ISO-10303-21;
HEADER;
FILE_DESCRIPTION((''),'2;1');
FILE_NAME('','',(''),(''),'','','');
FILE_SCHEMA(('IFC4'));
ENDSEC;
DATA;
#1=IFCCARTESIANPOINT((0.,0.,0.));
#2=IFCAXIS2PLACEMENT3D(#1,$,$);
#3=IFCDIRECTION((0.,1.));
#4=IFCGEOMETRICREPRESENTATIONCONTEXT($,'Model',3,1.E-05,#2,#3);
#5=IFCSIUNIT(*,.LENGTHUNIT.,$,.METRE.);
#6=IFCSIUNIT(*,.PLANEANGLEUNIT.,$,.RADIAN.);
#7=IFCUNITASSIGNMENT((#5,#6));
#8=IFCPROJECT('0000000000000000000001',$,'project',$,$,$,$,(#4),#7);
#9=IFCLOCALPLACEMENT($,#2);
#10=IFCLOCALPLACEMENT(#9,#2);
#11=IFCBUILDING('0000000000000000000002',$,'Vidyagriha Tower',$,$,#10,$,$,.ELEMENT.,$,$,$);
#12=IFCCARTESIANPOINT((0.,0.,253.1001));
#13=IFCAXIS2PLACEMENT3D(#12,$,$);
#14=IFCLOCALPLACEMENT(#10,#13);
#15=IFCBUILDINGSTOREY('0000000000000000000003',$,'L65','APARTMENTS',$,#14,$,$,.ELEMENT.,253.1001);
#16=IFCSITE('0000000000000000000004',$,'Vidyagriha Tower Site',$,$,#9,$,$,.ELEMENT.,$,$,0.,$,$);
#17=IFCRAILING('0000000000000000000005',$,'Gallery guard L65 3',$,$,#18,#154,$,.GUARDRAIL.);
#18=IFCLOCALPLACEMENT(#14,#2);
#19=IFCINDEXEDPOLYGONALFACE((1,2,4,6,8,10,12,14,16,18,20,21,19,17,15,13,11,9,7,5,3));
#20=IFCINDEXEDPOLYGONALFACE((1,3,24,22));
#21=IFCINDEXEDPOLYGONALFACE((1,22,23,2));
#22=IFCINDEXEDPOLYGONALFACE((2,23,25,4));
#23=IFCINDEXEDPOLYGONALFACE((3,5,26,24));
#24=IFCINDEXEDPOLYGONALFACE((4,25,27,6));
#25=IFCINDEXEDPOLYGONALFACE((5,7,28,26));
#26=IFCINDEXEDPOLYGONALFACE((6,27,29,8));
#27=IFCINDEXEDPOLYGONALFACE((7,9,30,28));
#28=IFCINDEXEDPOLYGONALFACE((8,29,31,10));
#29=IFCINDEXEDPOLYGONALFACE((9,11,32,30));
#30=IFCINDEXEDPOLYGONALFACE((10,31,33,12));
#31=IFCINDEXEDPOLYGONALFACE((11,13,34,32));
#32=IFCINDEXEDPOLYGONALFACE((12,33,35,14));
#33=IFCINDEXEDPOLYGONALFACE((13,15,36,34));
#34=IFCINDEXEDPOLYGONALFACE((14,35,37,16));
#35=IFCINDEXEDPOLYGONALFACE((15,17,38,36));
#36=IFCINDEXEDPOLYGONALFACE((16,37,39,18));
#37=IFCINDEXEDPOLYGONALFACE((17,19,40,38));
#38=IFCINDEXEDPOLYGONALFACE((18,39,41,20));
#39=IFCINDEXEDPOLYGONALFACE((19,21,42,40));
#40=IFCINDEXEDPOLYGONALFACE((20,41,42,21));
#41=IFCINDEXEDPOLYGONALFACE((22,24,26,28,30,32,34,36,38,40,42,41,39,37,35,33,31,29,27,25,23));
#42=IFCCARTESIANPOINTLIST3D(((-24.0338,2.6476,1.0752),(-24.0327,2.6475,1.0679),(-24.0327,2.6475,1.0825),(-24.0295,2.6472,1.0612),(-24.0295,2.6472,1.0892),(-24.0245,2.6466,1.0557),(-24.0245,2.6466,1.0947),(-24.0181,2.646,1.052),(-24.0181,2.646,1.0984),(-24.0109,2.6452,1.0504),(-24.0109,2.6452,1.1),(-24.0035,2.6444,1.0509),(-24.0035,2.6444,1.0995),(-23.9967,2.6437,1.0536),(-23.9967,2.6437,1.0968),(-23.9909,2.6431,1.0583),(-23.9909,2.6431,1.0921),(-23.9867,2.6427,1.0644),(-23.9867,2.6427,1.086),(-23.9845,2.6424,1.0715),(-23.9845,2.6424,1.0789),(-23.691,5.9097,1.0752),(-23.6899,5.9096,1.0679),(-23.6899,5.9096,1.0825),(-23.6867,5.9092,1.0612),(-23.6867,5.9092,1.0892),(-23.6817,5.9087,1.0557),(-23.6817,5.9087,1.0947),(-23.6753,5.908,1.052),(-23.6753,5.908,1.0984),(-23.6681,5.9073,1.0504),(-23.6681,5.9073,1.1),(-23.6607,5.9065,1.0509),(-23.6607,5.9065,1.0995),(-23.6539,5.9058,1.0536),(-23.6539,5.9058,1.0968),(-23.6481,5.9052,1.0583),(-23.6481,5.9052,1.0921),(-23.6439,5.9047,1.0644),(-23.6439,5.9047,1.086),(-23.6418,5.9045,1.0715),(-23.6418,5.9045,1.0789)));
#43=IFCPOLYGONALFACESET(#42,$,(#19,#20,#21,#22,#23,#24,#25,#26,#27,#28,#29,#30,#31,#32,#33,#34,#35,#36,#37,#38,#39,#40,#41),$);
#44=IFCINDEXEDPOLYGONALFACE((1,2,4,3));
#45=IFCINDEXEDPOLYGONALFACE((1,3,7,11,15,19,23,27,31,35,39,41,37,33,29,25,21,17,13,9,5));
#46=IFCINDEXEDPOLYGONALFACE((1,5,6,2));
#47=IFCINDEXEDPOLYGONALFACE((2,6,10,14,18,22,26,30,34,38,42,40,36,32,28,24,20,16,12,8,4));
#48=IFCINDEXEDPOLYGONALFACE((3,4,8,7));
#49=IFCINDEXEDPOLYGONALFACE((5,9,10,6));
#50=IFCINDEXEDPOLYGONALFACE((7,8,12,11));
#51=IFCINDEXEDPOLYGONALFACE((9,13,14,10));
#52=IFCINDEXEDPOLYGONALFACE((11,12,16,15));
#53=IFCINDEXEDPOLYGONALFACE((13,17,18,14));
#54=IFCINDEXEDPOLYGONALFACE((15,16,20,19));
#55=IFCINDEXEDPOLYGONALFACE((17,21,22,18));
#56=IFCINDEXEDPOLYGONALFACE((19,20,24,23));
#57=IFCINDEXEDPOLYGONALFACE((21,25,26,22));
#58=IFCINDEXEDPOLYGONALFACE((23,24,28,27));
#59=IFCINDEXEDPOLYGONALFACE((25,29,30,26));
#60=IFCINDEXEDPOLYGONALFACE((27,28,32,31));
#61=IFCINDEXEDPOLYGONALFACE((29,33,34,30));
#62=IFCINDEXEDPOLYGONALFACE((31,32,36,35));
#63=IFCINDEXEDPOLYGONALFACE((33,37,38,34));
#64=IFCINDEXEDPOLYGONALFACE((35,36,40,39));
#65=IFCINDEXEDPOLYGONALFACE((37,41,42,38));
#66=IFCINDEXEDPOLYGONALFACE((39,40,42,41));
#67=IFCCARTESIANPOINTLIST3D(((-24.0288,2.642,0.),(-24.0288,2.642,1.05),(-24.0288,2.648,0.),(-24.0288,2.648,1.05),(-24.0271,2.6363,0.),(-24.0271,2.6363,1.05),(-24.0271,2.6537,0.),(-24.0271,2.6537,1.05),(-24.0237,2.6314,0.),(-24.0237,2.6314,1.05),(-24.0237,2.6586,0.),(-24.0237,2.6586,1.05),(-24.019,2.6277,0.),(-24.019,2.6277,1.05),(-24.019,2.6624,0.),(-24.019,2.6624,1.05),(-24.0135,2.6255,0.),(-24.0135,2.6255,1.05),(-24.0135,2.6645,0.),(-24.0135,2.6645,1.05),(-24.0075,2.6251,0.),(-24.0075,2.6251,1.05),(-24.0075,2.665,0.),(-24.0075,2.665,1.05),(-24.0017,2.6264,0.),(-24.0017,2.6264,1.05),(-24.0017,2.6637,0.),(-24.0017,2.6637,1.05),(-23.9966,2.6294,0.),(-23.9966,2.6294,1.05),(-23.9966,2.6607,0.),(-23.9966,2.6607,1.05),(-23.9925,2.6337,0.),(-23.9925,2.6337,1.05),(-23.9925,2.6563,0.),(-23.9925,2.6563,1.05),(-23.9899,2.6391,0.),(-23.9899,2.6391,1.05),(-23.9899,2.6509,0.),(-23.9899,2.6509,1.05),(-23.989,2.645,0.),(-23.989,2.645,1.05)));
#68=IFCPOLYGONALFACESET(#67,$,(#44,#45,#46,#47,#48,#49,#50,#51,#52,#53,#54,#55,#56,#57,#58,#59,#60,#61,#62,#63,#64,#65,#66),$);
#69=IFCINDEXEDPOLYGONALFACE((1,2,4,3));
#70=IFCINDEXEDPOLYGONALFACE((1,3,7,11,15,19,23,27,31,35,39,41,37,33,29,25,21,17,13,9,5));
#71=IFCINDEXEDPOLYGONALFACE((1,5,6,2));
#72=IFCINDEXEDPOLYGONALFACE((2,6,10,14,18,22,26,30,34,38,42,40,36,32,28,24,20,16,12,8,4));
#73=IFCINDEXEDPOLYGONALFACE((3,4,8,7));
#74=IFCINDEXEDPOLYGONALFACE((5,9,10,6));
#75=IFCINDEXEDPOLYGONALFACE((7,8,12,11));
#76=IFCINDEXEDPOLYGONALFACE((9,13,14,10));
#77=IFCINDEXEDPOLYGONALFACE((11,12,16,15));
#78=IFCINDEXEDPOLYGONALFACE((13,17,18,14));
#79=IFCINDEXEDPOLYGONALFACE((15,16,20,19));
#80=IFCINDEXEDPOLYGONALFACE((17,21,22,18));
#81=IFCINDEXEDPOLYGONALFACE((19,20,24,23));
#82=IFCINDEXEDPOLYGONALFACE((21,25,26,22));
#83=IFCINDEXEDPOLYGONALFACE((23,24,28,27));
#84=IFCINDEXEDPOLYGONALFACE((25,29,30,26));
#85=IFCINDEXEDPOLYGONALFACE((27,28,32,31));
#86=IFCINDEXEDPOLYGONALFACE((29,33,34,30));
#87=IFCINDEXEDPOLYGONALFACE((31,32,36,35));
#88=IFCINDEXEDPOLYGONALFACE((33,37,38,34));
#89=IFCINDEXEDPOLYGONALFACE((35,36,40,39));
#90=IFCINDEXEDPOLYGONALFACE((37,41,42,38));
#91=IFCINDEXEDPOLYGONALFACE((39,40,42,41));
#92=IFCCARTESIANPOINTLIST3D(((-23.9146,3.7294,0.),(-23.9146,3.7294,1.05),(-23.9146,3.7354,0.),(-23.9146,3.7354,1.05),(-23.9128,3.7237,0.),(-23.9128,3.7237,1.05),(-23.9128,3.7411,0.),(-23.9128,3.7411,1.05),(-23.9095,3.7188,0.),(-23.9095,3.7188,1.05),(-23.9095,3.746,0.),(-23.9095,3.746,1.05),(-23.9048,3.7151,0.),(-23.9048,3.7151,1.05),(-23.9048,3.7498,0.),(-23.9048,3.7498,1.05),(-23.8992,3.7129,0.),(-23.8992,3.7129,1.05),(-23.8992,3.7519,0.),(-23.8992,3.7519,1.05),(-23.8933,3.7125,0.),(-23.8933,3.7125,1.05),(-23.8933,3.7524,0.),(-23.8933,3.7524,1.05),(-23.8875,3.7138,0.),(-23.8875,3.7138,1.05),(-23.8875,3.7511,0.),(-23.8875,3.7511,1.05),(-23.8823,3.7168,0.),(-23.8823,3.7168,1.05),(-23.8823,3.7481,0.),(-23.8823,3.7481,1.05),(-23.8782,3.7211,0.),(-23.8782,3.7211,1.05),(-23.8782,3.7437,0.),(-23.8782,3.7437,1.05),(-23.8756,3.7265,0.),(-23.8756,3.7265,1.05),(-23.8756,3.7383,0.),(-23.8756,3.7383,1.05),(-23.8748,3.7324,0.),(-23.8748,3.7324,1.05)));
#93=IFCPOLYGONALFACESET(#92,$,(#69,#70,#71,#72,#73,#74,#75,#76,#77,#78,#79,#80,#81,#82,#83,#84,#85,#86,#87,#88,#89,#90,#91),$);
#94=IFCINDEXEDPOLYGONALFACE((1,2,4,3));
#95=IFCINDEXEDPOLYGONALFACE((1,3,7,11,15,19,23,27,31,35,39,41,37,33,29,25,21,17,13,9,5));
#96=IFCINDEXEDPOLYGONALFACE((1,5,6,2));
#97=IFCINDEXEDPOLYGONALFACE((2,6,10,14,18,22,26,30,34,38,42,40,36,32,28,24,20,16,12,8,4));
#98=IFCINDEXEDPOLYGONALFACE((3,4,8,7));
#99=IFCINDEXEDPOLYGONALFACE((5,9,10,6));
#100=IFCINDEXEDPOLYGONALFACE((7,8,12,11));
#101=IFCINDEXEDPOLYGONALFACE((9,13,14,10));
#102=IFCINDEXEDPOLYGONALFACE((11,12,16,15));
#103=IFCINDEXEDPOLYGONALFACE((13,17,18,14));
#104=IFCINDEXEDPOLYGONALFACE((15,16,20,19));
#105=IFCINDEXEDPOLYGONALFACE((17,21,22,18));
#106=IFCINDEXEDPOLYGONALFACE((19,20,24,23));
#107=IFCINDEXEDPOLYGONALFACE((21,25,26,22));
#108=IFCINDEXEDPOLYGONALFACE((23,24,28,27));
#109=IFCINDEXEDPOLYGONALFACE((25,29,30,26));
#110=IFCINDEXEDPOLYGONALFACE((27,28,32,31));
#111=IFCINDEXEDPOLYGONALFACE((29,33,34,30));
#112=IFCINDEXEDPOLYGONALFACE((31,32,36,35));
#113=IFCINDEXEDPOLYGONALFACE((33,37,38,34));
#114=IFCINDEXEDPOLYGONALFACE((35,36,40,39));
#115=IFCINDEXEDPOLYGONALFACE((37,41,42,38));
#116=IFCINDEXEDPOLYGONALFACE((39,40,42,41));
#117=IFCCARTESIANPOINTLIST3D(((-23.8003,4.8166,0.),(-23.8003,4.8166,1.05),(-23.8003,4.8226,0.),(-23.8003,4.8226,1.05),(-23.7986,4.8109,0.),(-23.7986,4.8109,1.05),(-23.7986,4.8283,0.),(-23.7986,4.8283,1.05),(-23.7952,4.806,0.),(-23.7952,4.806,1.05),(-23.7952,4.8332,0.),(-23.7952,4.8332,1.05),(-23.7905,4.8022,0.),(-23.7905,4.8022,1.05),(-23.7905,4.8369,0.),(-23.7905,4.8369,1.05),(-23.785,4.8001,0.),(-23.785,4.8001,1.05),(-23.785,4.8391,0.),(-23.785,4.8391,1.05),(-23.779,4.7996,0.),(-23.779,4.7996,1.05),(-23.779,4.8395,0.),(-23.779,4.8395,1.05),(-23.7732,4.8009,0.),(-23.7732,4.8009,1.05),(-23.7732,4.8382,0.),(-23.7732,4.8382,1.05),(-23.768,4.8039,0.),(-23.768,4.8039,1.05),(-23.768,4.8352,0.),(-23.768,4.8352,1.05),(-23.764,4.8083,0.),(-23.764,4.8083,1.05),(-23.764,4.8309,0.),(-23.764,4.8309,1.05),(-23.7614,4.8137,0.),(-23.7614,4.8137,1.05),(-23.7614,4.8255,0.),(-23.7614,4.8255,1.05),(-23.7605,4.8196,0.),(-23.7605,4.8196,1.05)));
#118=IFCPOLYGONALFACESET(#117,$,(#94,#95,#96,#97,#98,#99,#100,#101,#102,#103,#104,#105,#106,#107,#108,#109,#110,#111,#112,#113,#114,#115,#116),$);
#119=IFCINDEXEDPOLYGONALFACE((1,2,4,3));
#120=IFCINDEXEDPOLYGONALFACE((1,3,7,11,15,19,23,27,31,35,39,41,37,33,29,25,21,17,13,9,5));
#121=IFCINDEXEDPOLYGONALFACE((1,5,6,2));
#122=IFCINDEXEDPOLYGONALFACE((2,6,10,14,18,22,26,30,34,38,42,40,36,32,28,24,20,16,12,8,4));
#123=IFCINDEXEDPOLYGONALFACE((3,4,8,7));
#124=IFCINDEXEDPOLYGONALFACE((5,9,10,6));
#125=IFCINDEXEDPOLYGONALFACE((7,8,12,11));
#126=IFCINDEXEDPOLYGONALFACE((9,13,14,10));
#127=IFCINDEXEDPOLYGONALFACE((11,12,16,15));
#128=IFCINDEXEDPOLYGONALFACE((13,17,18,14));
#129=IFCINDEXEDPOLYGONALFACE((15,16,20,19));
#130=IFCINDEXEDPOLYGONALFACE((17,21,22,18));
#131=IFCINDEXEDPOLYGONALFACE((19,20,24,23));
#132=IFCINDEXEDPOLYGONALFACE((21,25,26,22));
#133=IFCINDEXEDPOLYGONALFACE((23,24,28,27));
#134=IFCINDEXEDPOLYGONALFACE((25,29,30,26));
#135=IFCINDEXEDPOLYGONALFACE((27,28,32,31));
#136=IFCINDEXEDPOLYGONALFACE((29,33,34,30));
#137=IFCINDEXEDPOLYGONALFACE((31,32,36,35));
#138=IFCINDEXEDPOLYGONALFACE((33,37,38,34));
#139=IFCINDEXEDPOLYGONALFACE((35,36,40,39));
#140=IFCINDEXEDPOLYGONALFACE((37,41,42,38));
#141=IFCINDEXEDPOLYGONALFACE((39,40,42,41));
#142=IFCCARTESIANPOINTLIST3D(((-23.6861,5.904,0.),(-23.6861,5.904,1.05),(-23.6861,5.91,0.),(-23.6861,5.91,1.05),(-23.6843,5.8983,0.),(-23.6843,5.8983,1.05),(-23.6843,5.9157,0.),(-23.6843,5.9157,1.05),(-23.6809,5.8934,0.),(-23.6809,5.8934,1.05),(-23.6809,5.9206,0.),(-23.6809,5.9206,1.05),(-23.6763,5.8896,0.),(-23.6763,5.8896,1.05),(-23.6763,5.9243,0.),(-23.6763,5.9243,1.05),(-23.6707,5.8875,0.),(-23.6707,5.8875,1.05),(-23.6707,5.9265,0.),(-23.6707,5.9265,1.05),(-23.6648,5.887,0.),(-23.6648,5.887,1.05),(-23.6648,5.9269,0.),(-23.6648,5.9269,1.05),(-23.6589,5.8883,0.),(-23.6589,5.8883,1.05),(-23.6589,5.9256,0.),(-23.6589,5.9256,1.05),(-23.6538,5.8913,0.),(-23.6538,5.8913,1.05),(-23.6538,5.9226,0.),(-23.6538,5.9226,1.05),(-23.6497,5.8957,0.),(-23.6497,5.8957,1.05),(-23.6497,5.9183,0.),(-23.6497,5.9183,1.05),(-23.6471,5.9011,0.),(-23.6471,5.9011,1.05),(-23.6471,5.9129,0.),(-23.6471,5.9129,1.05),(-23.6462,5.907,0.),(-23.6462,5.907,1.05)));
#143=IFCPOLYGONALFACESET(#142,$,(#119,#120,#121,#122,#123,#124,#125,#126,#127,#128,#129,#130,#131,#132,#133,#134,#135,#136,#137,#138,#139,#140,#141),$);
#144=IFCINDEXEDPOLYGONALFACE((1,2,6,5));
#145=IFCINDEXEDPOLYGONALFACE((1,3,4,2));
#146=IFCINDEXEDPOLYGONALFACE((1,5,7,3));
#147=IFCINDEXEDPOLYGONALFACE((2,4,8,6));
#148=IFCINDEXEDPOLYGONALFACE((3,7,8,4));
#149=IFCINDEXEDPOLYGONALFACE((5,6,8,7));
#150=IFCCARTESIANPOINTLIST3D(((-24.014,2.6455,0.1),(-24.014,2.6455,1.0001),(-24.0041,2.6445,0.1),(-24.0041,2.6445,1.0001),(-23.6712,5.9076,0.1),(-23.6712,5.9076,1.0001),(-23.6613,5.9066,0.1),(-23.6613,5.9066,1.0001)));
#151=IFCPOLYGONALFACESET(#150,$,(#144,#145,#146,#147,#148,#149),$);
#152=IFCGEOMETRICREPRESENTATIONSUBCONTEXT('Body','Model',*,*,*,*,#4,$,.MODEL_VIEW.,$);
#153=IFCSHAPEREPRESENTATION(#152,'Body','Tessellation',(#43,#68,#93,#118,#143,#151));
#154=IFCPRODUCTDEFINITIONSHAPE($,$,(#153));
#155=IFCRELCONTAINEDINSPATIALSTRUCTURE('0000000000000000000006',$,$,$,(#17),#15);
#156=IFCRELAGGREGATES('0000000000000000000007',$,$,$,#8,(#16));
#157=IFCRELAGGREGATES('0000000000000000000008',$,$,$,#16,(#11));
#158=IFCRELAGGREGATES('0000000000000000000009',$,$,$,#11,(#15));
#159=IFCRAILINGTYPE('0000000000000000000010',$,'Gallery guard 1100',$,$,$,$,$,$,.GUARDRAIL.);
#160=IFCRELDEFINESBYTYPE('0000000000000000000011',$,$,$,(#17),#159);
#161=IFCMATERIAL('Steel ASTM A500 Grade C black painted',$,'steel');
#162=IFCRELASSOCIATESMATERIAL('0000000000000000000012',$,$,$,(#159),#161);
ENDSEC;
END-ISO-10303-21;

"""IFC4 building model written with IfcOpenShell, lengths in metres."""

from ifc_helpers import new_model, si_unit, direction, frame, origin, origin_2d, place, context, subcontext, project, spatial, rectangle, circle, extrude, material, type_object, element, save


model = new_model("IFC4")

# Units and contexts
model_context = context("Model", 3, precision=1e-05, world=origin(), true_north=direction((0.0, 1.0)))
body_context = subcontext(model_context, "Body", "Model", "MODEL_VIEW")
ifc_project = project(units=[si_unit("LENGTHUNIT", "METRE"), si_unit("PLANEANGLEUNIT", "RADIAN")], contexts=[model_context])

# Site, building, storey
site_placement = place(None, origin())
site = spatial("IfcSite", under=ifc_project, at=site_placement, Name="Vidyagriha Tower Site", CompositionType="ELEMENT", RefElevation=0.0)
building_placement = place(site_placement, origin())
building = spatial("IfcBuilding", under=site, at=building_placement, Name="Vidyagriha Tower", CompositionType="ELEMENT")
storey_placement = place(building_placement, frame((0.0, 0.0, 253.1001)))
storey = spatial("IfcBuildingStorey", under=building, at=storey_placement, Name="L65", Description="APARTMENTS", CompositionType="ELEMENT", Elevation=253.1001)

# Railing
ifc_material_1 = material(Name="Steel ASTM A500 Grade C black painted", Category="steel")
railing_type_1 = type_object("IfcRailingType", Name="Gallery guard 1100", PredefinedType="GUARDRAIL", material=ifc_material_1)
railing_1_placement = place(storey_placement, frame((-24.009, 2.645, 0.0)))
element("IfcRailing", 1, at=railing_1_placement, inside=storey, type_object=railing_type_1, Name="Gallery guard L65 3", PredefinedType="GUARDRAIL", context=body_context, shape_type="SweptSolid", body=[
    extrude(circle(Radius=0.0249, at=origin_2d()), frame((0.0, 0.0, 1.0752), z_axis=(0.104507, 0.994524, 0.0), x_axis=(-0.994524, 0.104507, 0.0)), (0.0, 0.0, 1.0), 3.28),
    extrude(circle(Radius=0.02, at=origin_2d()), origin(), (0.0, 0.0, 1.0), 1.05),
    extrude(circle(Radius=0.02, at=origin_2d()), frame((0.1143, 1.0874, 0.0)), (0.0, 0.0, 1.0), 1.05),
    extrude(circle(Radius=0.02, at=origin_2d()), frame((0.2285, 2.1746, 0.0)), (0.0, 0.0, 1.0), 1.05),
    extrude(circle(Radius=0.02, at=origin_2d()), frame((0.3428, 3.262, 0.0)), (0.0, 0.0, 1.0), 1.05),
    extrude(rectangle(XDim=0.01, YDim=0.9001, at=origin_2d()), frame((0.0, 0.0, 0.55), z_axis=(0.104507, 0.994524, 0.0), x_axis=(-0.994524, 0.104507, 0.0)), (0.0, 0.0, 1.0), 3.28),
])

save(model, "model.ifc")
